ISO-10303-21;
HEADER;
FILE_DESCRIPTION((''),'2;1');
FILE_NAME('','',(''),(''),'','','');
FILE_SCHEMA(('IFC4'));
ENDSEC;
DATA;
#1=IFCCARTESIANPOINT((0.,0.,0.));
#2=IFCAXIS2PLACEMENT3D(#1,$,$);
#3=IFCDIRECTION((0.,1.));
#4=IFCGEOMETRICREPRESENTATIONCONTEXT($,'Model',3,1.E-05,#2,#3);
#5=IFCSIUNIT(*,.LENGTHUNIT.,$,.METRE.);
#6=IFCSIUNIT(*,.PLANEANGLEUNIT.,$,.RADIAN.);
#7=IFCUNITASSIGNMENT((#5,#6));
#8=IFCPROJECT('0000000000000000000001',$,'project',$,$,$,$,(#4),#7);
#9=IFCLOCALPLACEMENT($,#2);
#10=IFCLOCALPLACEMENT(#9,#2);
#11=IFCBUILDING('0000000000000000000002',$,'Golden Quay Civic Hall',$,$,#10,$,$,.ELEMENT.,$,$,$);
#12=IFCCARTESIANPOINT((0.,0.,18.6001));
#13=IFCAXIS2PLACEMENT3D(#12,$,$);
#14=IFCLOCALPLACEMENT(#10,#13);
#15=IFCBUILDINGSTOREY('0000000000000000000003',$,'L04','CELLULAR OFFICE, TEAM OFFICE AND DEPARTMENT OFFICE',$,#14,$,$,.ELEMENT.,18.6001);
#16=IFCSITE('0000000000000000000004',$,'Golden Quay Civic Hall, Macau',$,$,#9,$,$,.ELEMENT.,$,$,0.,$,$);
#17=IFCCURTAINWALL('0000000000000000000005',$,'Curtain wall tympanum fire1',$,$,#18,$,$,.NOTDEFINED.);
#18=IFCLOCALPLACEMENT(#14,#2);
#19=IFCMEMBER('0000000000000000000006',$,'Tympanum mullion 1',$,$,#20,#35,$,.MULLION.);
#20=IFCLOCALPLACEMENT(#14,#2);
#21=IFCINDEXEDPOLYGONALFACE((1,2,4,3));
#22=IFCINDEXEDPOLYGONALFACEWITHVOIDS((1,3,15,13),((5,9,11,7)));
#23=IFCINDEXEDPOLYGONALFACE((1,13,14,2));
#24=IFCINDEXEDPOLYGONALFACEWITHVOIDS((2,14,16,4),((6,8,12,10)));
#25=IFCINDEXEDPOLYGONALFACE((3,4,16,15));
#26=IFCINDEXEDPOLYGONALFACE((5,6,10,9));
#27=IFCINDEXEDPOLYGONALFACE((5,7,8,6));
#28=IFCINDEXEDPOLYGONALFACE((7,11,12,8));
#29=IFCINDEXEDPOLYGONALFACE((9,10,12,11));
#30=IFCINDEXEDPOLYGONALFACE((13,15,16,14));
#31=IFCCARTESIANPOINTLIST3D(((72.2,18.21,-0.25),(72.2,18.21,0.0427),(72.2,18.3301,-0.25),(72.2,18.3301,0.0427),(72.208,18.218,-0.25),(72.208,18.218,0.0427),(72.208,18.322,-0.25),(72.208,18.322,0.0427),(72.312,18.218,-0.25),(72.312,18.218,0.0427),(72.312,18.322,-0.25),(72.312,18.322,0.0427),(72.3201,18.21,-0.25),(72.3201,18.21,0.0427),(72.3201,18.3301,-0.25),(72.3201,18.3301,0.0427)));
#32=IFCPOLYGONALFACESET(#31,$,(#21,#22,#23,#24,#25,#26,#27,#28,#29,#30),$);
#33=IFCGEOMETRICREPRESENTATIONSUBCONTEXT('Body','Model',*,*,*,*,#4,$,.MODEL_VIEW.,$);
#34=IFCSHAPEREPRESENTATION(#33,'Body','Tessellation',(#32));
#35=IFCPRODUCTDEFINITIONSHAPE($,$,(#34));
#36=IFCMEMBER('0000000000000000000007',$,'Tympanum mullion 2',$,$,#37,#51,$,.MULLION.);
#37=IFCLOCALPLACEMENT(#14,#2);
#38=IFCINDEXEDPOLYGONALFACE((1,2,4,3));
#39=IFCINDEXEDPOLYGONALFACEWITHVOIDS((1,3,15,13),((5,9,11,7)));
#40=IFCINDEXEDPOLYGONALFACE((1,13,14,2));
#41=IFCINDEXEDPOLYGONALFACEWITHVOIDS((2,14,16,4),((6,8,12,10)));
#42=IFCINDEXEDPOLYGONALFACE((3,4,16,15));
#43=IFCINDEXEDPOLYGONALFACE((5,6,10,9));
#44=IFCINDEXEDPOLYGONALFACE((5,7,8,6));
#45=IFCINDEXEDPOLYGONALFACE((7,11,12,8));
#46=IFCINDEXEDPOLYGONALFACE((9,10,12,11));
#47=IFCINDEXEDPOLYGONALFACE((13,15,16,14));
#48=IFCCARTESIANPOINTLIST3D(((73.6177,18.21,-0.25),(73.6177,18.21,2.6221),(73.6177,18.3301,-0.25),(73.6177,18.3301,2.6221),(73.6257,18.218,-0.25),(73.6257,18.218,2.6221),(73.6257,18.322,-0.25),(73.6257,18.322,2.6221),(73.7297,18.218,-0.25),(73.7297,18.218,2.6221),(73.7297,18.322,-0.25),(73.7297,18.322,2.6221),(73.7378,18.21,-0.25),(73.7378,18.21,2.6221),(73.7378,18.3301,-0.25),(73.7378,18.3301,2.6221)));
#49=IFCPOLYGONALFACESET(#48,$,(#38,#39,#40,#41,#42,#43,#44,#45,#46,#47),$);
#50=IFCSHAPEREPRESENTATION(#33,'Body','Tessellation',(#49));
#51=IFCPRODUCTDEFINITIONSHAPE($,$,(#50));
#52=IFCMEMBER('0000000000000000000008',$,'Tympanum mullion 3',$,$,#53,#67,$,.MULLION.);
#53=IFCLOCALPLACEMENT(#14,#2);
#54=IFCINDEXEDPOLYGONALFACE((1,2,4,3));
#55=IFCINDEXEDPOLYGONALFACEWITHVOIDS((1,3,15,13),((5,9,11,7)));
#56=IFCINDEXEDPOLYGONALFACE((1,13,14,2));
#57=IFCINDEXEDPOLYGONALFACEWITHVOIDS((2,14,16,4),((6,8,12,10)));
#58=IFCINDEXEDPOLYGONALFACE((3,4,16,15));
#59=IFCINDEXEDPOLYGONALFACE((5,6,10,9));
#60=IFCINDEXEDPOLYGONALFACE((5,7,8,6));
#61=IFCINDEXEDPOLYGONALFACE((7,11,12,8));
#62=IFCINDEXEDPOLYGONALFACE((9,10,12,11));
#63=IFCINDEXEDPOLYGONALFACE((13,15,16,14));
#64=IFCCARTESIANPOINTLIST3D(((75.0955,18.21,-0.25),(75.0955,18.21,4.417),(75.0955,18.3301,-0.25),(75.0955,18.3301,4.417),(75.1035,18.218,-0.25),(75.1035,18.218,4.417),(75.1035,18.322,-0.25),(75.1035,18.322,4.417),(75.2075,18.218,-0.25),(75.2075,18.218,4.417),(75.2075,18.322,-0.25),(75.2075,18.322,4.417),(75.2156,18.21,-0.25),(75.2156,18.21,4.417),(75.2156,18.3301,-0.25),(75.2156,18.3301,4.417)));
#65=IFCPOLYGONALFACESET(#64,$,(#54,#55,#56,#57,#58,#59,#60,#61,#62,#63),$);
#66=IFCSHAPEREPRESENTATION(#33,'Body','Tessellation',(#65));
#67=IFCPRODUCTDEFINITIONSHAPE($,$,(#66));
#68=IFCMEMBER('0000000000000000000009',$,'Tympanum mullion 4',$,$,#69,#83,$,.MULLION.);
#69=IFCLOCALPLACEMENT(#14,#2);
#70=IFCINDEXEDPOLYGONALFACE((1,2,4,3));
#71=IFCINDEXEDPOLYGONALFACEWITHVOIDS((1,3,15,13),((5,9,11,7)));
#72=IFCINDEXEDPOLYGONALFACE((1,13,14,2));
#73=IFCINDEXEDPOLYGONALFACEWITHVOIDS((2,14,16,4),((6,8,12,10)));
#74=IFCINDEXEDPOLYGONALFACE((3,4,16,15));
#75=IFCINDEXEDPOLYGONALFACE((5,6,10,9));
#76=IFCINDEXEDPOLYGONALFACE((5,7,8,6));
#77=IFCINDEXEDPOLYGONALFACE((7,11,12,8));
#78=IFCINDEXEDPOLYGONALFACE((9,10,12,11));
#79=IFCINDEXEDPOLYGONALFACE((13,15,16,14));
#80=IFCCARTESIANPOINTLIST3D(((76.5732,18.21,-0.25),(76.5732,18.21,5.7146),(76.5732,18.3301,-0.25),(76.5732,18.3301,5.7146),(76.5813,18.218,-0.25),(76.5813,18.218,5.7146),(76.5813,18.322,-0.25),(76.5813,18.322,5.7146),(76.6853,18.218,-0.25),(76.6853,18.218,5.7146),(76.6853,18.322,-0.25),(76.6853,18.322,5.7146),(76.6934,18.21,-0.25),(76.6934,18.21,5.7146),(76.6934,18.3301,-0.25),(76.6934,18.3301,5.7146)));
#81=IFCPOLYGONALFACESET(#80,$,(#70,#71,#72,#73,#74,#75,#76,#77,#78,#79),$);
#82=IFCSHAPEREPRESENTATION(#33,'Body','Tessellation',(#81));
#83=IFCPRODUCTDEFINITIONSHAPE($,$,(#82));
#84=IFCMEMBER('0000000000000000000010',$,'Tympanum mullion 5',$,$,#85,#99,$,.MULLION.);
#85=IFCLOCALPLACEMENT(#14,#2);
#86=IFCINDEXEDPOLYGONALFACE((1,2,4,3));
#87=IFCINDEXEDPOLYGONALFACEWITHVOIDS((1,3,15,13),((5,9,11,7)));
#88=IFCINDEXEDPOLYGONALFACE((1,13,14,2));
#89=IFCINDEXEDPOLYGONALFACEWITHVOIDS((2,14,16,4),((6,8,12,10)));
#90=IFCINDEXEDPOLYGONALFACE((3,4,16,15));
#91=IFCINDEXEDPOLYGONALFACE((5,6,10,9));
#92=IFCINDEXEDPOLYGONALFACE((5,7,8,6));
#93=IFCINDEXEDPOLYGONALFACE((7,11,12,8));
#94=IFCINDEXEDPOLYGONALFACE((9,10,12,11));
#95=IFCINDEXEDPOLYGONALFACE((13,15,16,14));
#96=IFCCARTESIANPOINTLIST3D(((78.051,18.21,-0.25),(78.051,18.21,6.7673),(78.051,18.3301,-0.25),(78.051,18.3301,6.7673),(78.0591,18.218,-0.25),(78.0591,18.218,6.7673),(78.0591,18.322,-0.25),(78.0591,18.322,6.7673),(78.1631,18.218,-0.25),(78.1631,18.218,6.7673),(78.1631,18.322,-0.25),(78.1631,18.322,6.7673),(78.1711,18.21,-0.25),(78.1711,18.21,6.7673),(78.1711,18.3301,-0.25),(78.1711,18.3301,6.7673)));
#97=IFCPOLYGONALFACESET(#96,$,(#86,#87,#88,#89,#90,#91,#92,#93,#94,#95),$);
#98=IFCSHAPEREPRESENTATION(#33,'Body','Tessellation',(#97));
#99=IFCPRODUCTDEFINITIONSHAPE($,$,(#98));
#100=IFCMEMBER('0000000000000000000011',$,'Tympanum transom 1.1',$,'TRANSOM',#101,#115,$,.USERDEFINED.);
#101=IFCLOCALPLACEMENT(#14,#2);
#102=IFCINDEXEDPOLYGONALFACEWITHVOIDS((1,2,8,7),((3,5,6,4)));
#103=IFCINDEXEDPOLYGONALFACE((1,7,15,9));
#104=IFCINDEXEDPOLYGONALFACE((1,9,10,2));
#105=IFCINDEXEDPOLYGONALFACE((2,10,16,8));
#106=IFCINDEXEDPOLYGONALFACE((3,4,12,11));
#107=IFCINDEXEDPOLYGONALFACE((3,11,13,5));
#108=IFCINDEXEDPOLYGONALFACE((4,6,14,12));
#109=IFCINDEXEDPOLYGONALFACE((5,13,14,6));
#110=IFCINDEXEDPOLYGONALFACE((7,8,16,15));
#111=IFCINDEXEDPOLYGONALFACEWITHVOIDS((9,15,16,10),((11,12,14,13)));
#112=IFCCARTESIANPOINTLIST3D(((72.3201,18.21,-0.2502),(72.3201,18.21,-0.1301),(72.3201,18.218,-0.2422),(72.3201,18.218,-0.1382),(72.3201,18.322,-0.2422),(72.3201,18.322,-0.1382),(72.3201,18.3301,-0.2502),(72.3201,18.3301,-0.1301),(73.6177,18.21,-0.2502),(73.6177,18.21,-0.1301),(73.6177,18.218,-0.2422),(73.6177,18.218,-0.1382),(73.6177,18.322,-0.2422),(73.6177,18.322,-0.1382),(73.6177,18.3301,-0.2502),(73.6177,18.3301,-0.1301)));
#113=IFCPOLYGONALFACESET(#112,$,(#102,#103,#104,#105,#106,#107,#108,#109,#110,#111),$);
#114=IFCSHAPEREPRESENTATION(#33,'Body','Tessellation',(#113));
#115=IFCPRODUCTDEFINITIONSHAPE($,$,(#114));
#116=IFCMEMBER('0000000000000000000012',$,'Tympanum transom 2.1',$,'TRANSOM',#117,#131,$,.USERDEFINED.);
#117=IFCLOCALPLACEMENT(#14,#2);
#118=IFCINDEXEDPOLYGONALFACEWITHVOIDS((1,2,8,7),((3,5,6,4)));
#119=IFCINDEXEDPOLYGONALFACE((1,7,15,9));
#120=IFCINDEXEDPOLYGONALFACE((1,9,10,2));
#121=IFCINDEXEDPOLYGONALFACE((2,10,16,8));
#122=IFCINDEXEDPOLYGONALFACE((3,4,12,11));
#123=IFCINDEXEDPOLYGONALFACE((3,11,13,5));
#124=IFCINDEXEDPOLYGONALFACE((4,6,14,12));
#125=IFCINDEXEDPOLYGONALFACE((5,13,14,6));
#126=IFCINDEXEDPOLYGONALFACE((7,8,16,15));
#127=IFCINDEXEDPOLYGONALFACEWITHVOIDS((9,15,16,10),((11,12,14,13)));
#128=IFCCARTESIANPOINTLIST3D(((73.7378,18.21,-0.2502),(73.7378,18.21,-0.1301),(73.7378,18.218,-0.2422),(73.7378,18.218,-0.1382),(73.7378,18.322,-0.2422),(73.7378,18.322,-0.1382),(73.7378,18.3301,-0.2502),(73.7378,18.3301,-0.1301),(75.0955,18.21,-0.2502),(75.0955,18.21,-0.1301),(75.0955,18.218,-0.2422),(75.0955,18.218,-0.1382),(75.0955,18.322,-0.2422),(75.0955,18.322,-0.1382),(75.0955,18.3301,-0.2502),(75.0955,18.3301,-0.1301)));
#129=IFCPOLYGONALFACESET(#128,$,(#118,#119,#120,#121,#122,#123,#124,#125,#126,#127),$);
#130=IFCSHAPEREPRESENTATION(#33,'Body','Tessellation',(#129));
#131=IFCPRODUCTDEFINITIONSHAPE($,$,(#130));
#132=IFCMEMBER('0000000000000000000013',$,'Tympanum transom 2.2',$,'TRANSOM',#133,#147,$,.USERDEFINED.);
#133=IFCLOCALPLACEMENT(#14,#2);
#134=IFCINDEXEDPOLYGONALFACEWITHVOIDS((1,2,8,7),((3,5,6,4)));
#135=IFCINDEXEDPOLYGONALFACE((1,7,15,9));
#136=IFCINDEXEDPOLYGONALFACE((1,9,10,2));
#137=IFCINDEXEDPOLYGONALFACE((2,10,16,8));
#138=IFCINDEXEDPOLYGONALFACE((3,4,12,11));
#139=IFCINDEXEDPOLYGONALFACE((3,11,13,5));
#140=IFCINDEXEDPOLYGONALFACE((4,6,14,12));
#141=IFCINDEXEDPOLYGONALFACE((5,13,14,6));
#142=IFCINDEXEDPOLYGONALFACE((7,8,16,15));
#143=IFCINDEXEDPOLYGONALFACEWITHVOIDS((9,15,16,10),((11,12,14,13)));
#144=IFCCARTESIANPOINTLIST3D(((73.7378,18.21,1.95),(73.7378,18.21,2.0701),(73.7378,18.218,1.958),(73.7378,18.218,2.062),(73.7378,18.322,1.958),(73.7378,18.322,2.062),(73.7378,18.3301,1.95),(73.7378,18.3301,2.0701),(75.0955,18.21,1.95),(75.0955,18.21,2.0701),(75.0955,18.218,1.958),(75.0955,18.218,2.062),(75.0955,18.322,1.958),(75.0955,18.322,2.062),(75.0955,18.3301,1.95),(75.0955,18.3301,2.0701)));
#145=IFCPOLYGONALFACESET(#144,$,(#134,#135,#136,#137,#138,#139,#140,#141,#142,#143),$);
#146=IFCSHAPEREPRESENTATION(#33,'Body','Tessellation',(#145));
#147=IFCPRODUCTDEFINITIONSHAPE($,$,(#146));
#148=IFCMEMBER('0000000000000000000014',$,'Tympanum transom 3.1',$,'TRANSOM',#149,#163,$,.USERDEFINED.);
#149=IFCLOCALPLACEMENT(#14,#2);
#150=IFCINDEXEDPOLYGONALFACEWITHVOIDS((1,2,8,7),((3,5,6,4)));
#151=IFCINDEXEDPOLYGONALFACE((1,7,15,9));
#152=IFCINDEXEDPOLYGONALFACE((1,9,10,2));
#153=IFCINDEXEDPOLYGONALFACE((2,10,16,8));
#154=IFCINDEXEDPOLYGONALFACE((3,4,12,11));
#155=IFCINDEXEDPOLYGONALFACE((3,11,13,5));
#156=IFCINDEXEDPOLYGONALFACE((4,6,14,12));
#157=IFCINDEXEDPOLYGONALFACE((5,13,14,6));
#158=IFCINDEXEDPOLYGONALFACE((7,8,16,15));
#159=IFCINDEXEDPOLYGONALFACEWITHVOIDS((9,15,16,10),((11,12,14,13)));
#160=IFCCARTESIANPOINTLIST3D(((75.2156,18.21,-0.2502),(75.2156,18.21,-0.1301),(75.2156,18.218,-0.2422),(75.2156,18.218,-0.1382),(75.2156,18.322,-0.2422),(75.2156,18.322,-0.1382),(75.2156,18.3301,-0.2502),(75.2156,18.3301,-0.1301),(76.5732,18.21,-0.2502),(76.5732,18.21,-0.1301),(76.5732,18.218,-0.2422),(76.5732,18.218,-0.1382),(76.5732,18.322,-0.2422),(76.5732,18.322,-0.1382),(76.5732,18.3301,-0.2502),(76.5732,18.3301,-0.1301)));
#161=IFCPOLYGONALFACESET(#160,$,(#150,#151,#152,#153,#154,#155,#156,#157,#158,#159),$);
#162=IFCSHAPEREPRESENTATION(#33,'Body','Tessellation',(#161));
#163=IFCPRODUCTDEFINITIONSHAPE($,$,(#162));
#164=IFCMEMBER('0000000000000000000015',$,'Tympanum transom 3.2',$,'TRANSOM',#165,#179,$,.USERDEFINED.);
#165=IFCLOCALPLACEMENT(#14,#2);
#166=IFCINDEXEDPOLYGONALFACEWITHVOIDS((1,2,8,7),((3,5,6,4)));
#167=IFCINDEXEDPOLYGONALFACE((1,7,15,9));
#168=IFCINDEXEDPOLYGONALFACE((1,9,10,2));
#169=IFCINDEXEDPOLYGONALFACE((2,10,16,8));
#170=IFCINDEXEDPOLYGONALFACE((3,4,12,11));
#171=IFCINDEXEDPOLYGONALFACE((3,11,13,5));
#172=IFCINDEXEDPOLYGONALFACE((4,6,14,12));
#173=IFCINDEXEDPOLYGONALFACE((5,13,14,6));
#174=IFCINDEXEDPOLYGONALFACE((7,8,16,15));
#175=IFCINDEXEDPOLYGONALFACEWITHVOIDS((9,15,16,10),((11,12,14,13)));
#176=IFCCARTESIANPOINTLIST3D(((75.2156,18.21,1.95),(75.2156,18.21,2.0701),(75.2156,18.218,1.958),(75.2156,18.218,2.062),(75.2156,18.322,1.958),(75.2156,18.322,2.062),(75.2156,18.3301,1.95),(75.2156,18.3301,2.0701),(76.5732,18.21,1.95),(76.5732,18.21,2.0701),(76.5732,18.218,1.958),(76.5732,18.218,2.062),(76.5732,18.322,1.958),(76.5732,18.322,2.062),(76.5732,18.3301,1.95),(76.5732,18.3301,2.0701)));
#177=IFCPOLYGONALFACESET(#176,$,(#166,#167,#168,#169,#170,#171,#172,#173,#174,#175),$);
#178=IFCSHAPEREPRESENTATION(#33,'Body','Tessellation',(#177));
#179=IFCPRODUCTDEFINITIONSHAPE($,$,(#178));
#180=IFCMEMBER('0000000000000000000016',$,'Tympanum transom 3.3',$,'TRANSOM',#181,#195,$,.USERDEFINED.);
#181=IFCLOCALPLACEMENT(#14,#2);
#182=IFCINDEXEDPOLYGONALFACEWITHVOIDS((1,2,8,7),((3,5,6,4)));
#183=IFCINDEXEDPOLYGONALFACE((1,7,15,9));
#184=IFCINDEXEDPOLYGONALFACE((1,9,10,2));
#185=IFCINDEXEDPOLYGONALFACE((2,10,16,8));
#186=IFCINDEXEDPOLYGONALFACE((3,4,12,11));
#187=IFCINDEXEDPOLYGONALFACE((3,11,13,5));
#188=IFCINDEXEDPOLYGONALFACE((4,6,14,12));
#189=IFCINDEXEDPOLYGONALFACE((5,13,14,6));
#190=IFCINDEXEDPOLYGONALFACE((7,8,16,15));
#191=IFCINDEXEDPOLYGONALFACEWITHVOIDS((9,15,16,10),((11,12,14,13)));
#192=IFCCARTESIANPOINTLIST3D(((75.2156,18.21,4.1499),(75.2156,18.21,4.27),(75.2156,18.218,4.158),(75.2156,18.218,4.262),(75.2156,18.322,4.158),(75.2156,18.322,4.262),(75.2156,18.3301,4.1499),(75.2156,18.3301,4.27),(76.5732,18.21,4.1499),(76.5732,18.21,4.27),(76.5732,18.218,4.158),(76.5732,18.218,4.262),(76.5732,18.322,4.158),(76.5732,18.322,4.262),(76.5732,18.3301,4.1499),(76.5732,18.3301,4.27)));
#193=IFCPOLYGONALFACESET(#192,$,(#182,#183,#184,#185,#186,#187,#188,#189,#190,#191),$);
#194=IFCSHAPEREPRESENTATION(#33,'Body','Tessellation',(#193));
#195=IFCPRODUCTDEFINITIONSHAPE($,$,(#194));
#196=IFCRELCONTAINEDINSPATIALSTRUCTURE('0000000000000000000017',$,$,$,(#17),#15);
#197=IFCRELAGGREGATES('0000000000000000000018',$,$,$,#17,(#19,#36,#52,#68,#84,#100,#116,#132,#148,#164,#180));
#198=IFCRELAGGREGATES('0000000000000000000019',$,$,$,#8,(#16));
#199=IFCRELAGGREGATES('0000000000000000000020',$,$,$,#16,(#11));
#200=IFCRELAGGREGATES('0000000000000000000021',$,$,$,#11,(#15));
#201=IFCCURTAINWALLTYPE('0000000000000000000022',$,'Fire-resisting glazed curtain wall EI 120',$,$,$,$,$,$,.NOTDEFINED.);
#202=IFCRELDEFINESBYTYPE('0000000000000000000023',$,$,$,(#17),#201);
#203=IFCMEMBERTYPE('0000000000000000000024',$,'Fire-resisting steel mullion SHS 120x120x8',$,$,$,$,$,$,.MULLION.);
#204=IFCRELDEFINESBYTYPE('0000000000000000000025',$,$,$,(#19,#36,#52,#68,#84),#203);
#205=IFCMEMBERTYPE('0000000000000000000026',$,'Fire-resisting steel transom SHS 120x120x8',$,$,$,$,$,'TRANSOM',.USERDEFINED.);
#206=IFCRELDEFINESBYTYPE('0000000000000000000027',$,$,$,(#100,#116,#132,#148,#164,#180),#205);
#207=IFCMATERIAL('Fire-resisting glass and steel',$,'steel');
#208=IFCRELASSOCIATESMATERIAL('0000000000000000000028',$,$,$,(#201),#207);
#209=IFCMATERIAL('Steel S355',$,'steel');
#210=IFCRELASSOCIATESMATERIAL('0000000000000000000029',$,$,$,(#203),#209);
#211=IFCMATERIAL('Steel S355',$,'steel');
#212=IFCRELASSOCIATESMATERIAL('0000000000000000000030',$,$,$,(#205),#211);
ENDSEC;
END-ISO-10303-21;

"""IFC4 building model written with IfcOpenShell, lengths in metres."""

from ifc_helpers import new_model, si_unit, direction, frame, origin, origin_2d, place, context, subcontext, project, spatial, hollow_rectangle, extrude, material, material_profile, profile_set, type_object, element, aggregate, save


model = new_model("IFC4")

# Units and contexts
model_context = context("Model", 3, precision=1e-05, world=origin(), true_north=direction((0.0, 1.0)))
body_context = subcontext(model_context, "Body", "Model", "MODEL_VIEW")
ifc_project = project(units=[si_unit("LENGTHUNIT", "METRE"), si_unit("PLANEANGLEUNIT", "RADIAN")], contexts=[model_context])

# Site, building, storey
site_placement = place(None, origin())
site = spatial("IfcSite", under=ifc_project, at=site_placement, Name="Golden Quay Civic Hall, Macau", CompositionType="ELEMENT", RefElevation=0.0)
building_placement = place(site_placement, origin())
building = spatial("IfcBuilding", under=site, at=building_placement, Name="Golden Quay Civic Hall", CompositionType="ELEMENT")
storey_placement = place(building_placement, frame((0.0, 0.0, 18.6001)))
storey = spatial("IfcBuildingStorey", under=building, at=storey_placement, Name="L04", Description="CELLULAR OFFICE, TEAM OFFICE AND DEPARTMENT OFFICE", CompositionType="ELEMENT", Elevation=18.6001)

# Curtain wall, members
ifc_material_1 = material(Name="Fire-resisting glass and steel", Category="steel")
curtain_wall_type = type_object("IfcCurtainWallType", Name="Fire-resisting glazed curtain wall EI 120", PredefinedType="NOTDEFINED", material=ifc_material_1)
curtain_wall_placement = place(storey_placement, origin())
curtain_wall = element("IfcCurtainWall", 1, at=curtain_wall_placement, inside=storey, type_object=curtain_wall_type, Name="Curtain wall tympanum fire1", PredefinedType="NOTDEFINED")
ifc_material_2 = material(Name="Steel S355", Category="steel")
ifc_material_profile_1 = material_profile(ifc_material_2, hollow_rectangle(XDim=0.1201, YDim=0.1201, WallThickness=0.0081, at=origin_2d()), Name="SHS 120x120x8")
ifc_profile_set_1 = profile_set([ifc_material_profile_1], Name="Steel S355")
member_type_1 = type_object("IfcMemberType", Name="Fire-resisting steel mullion SHS 120x120x8", PredefinedType="MULLION", material=ifc_profile_set_1)
member_1_placement = place(storey_placement, frame((72.26, 18.27, -0.25), z_axis=(0.0, 0.0, 1.0), x_axis=(0.0, 1.0, 0.0)))
member_1 = element("IfcMember", 2, at=member_1_placement, type_object=member_type_1, Name="Tympanum mullion 1", PredefinedType="MULLION", context=body_context, shape_type="SweptSolid", body=[
    extrude(hollow_rectangle(XDim=0.1201, YDim=0.1201, WallThickness=0.0081, at=origin_2d()), origin(), (0.0, 0.0, 1.0), 0.2927),
])
member_2_placement = place(storey_placement, frame((73.6777, 18.27, -0.25), z_axis=(0.0, 0.0, 1.0), x_axis=(0.0, 1.0, 0.0)))
member_2 = element("IfcMember", 3, at=member_2_placement, type_object=member_type_1, Name="Tympanum mullion 2", PredefinedType="MULLION", context=body_context, shape_type="SweptSolid", body=[
    extrude(hollow_rectangle(XDim=0.1201, YDim=0.1201, WallThickness=0.0081, at=origin_2d()), origin(), (0.0, 0.0, 1.0), 2.8721),
])
member_3_placement = place(storey_placement, frame((75.1555, 18.27, -0.25), z_axis=(0.0, 0.0, 1.0), x_axis=(0.0, 1.0, 0.0)))
member_3 = element("IfcMember", 4, at=member_3_placement, type_object=member_type_1, Name="Tympanum mullion 3", PredefinedType="MULLION", context=body_context, shape_type="SweptSolid", body=[
    extrude(hollow_rectangle(XDim=0.1201, YDim=0.1201, WallThickness=0.0081, at=origin_2d()), origin(), (0.0, 0.0, 1.0), 4.667),
])
member_4_placement = place(storey_placement, frame((76.6333, 18.27, -0.25), z_axis=(0.0, 0.0, 1.0), x_axis=(0.0, 1.0, 0.0)))
member_4 = element("IfcMember", 5, at=member_4_placement, type_object=member_type_1, Name="Tympanum mullion 4", PredefinedType="MULLION", context=body_context, shape_type="SweptSolid", body=[
    extrude(hollow_rectangle(XDim=0.1201, YDim=0.1201, WallThickness=0.0081, at=origin_2d()), origin(), (0.0, 0.0, 1.0), 5.9646),
])
member_5_placement = place(storey_placement, frame((78.1111, 18.27, -0.25), z_axis=(0.0, 0.0, 1.0), x_axis=(0.0, 1.0, 0.0)))
member_5 = element("IfcMember", 6, at=member_5_placement, type_object=member_type_1, Name="Tympanum mullion 5", PredefinedType="MULLION", context=body_context, shape_type="SweptSolid", body=[
    extrude(hollow_rectangle(XDim=0.1201, YDim=0.1201, WallThickness=0.0081, at=origin_2d()), origin(), (0.0, 0.0, 1.0), 7.0173),
])
ifc_material_3 = material(Name="Steel S355", Category="steel")
ifc_material_profile_2 = material_profile(ifc_material_3, hollow_rectangle(XDim=0.1201, YDim=0.1201, WallThickness=0.0081, at=origin_2d()), Name="SHS 120x120x8")
ifc_profile_set_2 = profile_set([ifc_material_profile_2], Name="Steel S355")
member_type_2 = type_object("IfcMemberType", Name="Fire-resisting steel transom SHS 120x120x8", ElementType="TRANSOM", PredefinedType="USERDEFINED", material=ifc_profile_set_2)
member_6_placement = place(storey_placement, frame((72.3201, 18.27, -0.1902), z_axis=(1.0, 0.0, 0.0), x_axis=(0.0, 1.0, 0.0)))
member_6 = element("IfcMember", 7, at=member_6_placement, type_object=member_type_2, Name="Tympanum transom 1.1", ObjectType="TRANSOM", PredefinedType="USERDEFINED", context=body_context, shape_type="SweptSolid", body=[
    extrude(hollow_rectangle(XDim=0.1201, YDim=0.1201, WallThickness=0.0081, at=origin_2d()), origin(), (0.0, 0.0, 1.0), 1.2976),
])
member_7_placement = place(storey_placement, frame((73.7378, 18.27, -0.1902), z_axis=(1.0, 0.0, 0.0), x_axis=(0.0, 1.0, 0.0)))
member_7 = element("IfcMember", 8, at=member_7_placement, type_object=member_type_2, Name="Tympanum transom 2.1", ObjectType="TRANSOM", PredefinedType="USERDEFINED", context=body_context, shape_type="SweptSolid", body=[
    extrude(hollow_rectangle(XDim=0.1201, YDim=0.1201, WallThickness=0.0081, at=origin_2d()), origin(), (0.0, 0.0, 1.0), 1.3577),
])
member_8_placement = place(storey_placement, frame((73.7378, 18.27, 2.01), z_axis=(1.0, 0.0, 0.0), x_axis=(0.0, 1.0, 0.0)))
member_8 = element("IfcMember", 9, at=member_8_placement, type_object=member_type_2, Name="Tympanum transom 2.2", ObjectType="TRANSOM", PredefinedType="USERDEFINED", context=body_context, shape_type="SweptSolid", body=[
    extrude(hollow_rectangle(XDim=0.1201, YDim=0.1201, WallThickness=0.0081, at=origin_2d()), origin(), (0.0, 0.0, 1.0), 1.3577),
])
member_9_placement = place(storey_placement, frame((75.2156, 18.27, -0.1902), z_axis=(1.0, 0.0, 0.0), x_axis=(0.0, 1.0, 0.0)))
member_9 = element("IfcMember", 10, at=member_9_placement, type_object=member_type_2, Name="Tympanum transom 3.1", ObjectType="TRANSOM", PredefinedType="USERDEFINED", context=body_context, shape_type="SweptSolid", body=[
    extrude(hollow_rectangle(XDim=0.1201, YDim=0.1201, WallThickness=0.0081, at=origin_2d()), origin(), (0.0, 0.0, 1.0), 1.3577),
])
member_10_placement = place(storey_placement, frame((75.2156, 18.27, 2.01), z_axis=(1.0, 0.0, 0.0), x_axis=(0.0, 1.0, 0.0)))
member_10 = element("IfcMember", 11, at=member_10_placement, type_object=member_type_2, Name="Tympanum transom 3.2", ObjectType="TRANSOM", PredefinedType="USERDEFINED", context=body_context, shape_type="SweptSolid", body=[
    extrude(hollow_rectangle(XDim=0.1201, YDim=0.1201, WallThickness=0.0081, at=origin_2d()), origin(), (0.0, 0.0, 1.0), 1.3577),
])
member_11_placement = place(storey_placement, frame((75.2156, 18.27, 4.21), z_axis=(1.0, 0.0, 0.0), x_axis=(0.0, 1.0, 0.0)))
member_11 = element("IfcMember", 12, at=member_11_placement, type_object=member_type_2, Name="Tympanum transom 3.3", ObjectType="TRANSOM", PredefinedType="USERDEFINED", context=body_context, shape_type="SweptSolid", body=[
    extrude(hollow_rectangle(XDim=0.1201, YDim=0.1201, WallThickness=0.0081, at=origin_2d()), origin(), (0.0, 0.0, 1.0), 1.3577),
])

aggregate(curtain_wall, [member_1, member_2, member_3, member_4, member_5, member_6, member_7, member_8, member_9, member_10, member_11])

save(model, "model.ifc")
